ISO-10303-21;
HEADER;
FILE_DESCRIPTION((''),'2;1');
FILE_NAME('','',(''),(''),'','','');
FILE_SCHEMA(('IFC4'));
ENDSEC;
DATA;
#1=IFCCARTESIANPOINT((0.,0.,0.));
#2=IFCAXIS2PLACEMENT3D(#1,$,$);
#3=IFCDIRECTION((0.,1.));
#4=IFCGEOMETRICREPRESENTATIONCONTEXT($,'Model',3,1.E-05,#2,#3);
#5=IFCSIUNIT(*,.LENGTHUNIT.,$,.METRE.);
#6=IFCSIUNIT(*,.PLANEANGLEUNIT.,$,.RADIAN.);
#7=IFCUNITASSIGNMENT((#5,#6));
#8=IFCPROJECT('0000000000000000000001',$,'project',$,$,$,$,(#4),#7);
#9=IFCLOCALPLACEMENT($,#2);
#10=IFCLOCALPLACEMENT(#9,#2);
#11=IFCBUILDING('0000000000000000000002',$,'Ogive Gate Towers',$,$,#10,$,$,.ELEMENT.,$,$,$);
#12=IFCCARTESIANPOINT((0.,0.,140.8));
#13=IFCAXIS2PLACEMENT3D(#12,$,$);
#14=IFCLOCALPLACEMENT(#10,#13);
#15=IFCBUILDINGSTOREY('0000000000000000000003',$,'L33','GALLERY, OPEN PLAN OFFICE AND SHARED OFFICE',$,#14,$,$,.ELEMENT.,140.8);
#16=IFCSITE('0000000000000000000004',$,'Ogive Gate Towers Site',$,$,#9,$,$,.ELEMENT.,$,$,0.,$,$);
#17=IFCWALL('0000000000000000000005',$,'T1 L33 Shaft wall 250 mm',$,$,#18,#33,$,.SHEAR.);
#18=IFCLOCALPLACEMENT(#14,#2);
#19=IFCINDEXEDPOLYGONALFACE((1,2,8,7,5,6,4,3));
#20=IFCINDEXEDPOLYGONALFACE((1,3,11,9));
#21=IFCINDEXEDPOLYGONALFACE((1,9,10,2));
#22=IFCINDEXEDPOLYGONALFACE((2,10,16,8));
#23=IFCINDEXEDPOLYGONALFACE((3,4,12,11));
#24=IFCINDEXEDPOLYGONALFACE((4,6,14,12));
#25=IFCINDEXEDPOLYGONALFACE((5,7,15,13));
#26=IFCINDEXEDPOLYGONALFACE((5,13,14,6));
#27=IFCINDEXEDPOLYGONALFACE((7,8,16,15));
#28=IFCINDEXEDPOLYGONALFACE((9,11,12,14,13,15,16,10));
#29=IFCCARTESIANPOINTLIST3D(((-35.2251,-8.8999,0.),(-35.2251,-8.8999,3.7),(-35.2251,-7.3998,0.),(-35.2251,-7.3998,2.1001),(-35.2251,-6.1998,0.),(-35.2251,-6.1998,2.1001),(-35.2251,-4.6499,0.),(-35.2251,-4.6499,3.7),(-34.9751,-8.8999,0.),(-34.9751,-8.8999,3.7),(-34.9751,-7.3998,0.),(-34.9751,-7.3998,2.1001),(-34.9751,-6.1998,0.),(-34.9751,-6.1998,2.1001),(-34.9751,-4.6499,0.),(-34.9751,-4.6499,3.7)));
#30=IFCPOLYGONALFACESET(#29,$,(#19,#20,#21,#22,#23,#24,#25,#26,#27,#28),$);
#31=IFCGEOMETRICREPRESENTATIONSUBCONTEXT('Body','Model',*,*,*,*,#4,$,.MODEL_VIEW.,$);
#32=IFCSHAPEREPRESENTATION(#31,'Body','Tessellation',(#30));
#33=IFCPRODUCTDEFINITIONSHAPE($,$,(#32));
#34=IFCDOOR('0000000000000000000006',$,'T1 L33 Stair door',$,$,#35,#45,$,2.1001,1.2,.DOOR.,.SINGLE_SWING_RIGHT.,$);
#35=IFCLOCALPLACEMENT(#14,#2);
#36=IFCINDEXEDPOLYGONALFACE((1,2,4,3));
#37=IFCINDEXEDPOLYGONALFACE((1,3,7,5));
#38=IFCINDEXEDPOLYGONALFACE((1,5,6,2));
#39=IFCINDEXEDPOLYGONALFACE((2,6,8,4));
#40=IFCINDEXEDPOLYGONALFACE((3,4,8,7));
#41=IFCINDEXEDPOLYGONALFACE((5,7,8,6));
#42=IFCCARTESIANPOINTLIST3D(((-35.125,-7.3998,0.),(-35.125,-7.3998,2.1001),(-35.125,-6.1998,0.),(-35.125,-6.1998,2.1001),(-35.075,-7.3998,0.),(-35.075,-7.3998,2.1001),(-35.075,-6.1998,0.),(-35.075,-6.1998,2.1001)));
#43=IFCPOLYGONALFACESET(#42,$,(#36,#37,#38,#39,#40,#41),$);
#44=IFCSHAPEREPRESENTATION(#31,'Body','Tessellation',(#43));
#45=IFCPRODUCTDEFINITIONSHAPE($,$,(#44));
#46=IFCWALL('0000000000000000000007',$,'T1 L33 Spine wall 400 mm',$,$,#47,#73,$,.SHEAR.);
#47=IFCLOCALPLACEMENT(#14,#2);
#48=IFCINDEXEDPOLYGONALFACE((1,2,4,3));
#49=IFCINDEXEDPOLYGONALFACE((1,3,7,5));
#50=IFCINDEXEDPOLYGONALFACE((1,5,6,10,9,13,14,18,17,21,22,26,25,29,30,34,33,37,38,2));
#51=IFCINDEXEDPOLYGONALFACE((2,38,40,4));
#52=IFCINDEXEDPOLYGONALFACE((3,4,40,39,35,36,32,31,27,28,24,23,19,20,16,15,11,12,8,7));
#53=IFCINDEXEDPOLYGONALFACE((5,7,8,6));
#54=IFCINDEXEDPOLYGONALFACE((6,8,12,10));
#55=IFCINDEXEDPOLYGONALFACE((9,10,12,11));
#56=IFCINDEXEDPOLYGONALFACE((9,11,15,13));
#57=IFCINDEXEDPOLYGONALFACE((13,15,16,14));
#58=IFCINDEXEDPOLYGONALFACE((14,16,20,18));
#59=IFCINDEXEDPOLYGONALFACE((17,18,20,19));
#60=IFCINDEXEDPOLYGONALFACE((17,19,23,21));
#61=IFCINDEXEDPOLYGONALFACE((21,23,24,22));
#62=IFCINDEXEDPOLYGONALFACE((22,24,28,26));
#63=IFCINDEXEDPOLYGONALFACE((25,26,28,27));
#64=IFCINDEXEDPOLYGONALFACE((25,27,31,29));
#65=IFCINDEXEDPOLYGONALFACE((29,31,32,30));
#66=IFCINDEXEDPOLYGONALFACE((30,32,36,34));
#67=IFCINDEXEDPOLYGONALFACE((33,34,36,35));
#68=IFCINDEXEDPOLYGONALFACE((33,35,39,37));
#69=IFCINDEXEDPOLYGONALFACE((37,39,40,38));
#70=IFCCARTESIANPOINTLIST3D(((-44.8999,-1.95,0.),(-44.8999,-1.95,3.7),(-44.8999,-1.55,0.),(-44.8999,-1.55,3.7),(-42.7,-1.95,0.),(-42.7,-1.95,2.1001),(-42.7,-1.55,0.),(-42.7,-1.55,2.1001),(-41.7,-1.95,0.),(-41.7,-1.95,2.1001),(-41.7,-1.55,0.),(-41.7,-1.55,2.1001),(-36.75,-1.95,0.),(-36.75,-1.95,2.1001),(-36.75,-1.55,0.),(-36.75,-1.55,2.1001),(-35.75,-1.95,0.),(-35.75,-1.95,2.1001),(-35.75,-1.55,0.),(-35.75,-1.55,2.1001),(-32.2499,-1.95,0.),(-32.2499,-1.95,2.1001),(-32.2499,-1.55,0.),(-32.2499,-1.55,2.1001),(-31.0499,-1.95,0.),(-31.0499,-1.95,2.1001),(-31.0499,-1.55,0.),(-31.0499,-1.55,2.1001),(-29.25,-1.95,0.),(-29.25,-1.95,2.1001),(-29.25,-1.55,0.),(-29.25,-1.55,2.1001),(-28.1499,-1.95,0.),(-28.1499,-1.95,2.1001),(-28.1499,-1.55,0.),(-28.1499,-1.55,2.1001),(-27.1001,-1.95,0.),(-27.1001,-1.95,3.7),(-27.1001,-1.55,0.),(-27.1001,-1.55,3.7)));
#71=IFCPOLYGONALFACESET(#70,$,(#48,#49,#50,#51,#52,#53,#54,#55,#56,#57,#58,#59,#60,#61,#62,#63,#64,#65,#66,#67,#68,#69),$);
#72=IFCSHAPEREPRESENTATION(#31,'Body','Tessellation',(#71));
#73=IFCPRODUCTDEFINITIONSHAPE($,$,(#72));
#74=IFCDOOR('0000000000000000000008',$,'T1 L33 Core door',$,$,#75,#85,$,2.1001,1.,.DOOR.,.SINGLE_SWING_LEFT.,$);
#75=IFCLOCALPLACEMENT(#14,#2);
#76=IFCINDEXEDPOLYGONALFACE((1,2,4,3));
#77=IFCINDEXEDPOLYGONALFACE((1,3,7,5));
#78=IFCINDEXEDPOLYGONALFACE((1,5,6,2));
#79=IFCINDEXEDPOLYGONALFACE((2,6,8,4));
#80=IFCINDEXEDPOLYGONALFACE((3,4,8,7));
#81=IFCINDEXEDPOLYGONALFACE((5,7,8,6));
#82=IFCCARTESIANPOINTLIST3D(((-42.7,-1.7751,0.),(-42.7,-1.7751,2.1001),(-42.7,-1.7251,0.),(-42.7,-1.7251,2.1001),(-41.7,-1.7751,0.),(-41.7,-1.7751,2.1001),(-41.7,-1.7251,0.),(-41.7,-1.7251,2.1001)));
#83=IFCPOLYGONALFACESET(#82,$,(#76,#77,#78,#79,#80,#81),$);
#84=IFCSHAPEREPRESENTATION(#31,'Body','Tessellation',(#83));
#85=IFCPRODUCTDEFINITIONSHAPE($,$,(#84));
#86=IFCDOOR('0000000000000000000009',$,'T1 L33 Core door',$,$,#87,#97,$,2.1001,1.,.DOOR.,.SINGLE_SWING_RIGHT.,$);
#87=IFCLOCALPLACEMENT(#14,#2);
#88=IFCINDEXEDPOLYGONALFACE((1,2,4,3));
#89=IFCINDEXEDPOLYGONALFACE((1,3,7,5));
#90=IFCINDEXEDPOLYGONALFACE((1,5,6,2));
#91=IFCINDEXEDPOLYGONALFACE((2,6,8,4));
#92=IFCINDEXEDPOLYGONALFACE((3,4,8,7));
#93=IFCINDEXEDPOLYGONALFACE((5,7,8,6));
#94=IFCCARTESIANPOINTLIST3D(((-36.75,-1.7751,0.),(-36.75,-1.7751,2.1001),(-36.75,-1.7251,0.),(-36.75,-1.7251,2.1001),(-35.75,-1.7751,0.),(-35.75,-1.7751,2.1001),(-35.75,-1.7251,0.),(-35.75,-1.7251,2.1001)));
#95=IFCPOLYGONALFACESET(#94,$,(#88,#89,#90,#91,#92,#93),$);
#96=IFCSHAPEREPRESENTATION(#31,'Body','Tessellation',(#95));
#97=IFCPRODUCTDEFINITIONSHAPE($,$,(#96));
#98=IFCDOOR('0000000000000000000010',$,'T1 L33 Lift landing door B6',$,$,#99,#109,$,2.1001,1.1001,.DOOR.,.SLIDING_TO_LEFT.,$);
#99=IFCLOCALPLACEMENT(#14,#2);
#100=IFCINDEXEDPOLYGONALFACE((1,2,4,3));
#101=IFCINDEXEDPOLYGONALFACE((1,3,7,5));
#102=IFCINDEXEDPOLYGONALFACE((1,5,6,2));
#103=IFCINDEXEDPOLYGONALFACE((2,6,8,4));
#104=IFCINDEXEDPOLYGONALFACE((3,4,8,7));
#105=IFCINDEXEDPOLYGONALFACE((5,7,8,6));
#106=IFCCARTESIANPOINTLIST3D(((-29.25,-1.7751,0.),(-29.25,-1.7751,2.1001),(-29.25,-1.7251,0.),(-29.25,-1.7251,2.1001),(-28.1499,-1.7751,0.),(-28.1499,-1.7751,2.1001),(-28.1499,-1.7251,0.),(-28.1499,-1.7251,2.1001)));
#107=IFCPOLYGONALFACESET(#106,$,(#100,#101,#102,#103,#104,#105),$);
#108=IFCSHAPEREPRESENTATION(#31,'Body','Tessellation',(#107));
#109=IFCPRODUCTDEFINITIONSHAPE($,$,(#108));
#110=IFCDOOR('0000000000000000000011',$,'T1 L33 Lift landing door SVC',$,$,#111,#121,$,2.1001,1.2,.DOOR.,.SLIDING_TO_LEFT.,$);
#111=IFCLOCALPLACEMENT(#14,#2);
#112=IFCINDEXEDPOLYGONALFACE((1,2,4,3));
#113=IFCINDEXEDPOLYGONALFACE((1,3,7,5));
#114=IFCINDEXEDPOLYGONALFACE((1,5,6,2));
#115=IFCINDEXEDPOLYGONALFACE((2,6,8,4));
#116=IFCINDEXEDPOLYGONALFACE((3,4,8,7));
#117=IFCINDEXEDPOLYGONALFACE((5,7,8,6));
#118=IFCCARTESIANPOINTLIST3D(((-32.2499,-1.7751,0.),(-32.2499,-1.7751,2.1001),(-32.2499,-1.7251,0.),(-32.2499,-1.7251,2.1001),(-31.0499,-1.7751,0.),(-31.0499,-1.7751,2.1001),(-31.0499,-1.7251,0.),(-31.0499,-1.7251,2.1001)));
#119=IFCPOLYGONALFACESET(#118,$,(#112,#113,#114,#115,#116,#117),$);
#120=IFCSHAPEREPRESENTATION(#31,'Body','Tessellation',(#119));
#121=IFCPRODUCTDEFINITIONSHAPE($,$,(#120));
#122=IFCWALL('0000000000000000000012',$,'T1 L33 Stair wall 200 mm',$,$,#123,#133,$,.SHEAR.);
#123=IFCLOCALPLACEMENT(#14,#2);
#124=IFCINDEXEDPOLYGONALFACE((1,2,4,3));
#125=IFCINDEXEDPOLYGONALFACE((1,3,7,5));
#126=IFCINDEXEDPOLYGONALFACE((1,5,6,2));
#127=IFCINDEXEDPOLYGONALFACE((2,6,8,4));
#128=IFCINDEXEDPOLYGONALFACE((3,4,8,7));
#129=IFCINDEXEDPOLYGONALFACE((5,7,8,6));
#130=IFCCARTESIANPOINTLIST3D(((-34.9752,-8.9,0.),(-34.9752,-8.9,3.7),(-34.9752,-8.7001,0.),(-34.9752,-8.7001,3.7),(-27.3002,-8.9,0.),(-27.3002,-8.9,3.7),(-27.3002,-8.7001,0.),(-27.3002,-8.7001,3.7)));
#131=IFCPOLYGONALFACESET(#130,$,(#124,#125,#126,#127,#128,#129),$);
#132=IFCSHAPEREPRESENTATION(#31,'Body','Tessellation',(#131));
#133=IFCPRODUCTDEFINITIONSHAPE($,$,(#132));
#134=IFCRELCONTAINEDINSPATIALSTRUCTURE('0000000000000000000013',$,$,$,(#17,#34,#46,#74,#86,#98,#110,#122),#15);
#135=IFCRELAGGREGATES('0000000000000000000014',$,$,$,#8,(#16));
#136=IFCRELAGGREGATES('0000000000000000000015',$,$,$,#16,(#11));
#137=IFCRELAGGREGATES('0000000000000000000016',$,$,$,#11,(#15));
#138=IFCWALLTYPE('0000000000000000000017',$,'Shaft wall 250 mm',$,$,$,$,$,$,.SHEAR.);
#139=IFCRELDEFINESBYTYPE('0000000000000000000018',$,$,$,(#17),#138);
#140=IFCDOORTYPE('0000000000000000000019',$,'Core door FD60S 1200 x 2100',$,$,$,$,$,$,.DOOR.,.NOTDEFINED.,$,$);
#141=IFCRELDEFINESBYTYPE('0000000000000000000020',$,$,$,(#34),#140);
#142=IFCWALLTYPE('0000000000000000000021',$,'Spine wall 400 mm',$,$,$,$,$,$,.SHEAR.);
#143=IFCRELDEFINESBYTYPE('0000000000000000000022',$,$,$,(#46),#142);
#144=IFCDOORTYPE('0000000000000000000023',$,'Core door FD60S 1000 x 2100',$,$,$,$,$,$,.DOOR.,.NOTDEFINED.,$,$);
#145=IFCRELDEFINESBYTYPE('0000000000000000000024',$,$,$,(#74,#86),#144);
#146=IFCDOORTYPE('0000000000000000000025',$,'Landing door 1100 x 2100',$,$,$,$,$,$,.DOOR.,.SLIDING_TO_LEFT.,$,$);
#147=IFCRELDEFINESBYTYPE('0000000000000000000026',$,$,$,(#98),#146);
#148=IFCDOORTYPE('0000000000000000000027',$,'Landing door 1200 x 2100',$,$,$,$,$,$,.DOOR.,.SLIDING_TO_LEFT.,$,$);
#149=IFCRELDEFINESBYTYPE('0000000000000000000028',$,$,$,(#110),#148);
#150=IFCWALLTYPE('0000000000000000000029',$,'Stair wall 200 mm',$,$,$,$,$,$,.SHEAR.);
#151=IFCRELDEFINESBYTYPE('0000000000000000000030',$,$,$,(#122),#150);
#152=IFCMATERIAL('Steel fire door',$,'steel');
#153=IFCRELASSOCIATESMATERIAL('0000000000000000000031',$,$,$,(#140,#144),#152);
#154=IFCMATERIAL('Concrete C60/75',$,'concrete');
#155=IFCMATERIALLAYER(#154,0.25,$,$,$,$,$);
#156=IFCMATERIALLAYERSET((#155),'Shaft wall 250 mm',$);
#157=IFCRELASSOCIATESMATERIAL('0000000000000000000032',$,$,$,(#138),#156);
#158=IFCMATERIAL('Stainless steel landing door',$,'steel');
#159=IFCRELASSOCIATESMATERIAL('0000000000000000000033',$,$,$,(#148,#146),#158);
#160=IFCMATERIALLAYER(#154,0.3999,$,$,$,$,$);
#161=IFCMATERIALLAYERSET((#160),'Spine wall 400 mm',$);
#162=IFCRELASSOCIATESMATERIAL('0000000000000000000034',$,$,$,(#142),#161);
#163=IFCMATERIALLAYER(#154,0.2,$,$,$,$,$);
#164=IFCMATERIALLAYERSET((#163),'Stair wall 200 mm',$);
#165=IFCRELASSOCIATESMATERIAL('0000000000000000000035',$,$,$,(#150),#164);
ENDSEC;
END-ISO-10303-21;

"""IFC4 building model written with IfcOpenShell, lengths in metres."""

from ifc_helpers import new_model, si_unit, direction, frame, frame_2d, origin, place, context, subcontext, project, spatial, rectangle, extrude, material, layer, layer_set, type_object, element, fill, save


model = new_model("IFC4")

# Units and contexts
model_context = context("Model", 3, precision=1e-05, world=origin(), true_north=direction((0.0, 1.0)))
body_context = subcontext(model_context, "Body", "Model", "MODEL_VIEW")
ifc_project = project(units=[si_unit("LENGTHUNIT", "METRE"), si_unit("PLANEANGLEUNIT", "RADIAN")], contexts=[model_context])

# Site, building, storey
site_placement = place(None, origin())
site = spatial("IfcSite", under=ifc_project, at=site_placement, Name="Ogive Gate Towers Site", CompositionType="ELEMENT", RefElevation=0.0)
building_placement = place(site_placement, origin())
building = spatial("IfcBuilding", under=site, at=building_placement, Name="Ogive Gate Towers", CompositionType="ELEMENT")
storey_placement = place(building_placement, frame((0.0, 0.0, 140.8)))
storey = spatial("IfcBuildingStorey", under=building, at=storey_placement, Name="L33", Description="GALLERY, OPEN PLAN OFFICE AND SHARED OFFICE", CompositionType="ELEMENT", Elevation=140.8)

# Shared definitions
ifc_material_1 = material(Name="Concrete C60/75", Category="concrete")
ifc_material_2 = material(Name="Steel fire door", Category="steel")
door_type_1 = type_object("IfcDoorType", Name="Core door FD60S 1200 x 2100", OperationType="NOTDEFINED", PredefinedType="DOOR", material=ifc_material_2)

# Shared definitions
ifc_layer_1 = layer(ifc_material_1, 0.25)
ifc_layer_set_1 = layer_set([ifc_layer_1], Name="Shaft wall 250 mm")
wall_type_1 = type_object("IfcWallType", Name="Shaft wall 250 mm", PredefinedType="SHEAR", material=ifc_layer_set_1)

# Wall, opening, door
ifc_material_3 = material(Name="Stainless steel landing door", Category="steel")
door_type_2 = type_object("IfcDoorType", Name="Landing door 1200 x 2100", OperationType="SLIDING_TO_LEFT", PredefinedType="DOOR", material=ifc_material_3)
wall_1_placement = place(storey_placement, frame((-35.1001, -8.8999, 0.0), z_axis=(0.0, 0.0, 1.0), x_axis=(0.0, 1.0, 0.0)))
wall_1 = element("IfcWall", 1, at=wall_1_placement, inside=storey, type_object=wall_type_1, Name="T1 L33 Shaft wall 250 mm", PredefinedType="SHEAR", context=body_context, shape_type="SweptSolid", body=[
    extrude(rectangle(XDim=4.25, YDim=0.25, at=frame_2d((2.125, 0.0))), origin(), (0.0, 0.0, 1.0), 3.7),
])
opening_1_placement = place(wall_1_placement, frame((1.5, 0.0, 0.0)))
opening_1 = element("IfcOpeningElement", 2, at=opening_1_placement, cuts=wall_1, PredefinedType="OPENING", context=body_context, shape_type="SweptSolid", body=[
    extrude(rectangle(XDim=1.2, YDim=2.1001, at=frame_2d((0.6001, 1.05))), frame((0.0, 0.135, 0.0), z_axis=(0.0, -1.0, 0.0), x_axis=(1.0, 0.0, 0.0)), (0.0, 0.0, 1.0), 0.27),
])
door_1_placement = place(opening_1_placement, origin())
door_1 = element("IfcDoor", 3, at=door_1_placement, inside=storey, type_object=door_type_1, Name="T1 L33 Stair door", OperationType="SINGLE_SWING_RIGHT", OverallHeight=2.1001, OverallWidth=1.2, PredefinedType="DOOR", context=body_context, shape_type="SweptSolid", body=[
    extrude(rectangle(XDim=1.2, YDim=2.1001, at=frame_2d((0.6001, 1.05))), frame((0.0, 0.0249, 0.0), z_axis=(0.0, -1.0, 0.0), x_axis=(1.0, 0.0, 0.0)), (0.0, 0.0, 1.0), 0.05),
])
fill(opening_1, door_1)

# Wall, openings, doors
ifc_layer_2 = layer(ifc_material_1, 0.3999)
ifc_layer_set_2 = layer_set([ifc_layer_2], Name="Spine wall 400 mm")
wall_type_2 = type_object("IfcWallType", Name="Spine wall 400 mm", PredefinedType="SHEAR", material=ifc_layer_set_2)
wall_2_placement = place(storey_placement, frame((-44.8999, -1.75, 0.0), z_axis=(0.0, 0.0, 1.0), x_axis=(1.0, 0.0, 0.0)))
wall_2 = element("IfcWall", 4, at=wall_2_placement, inside=storey, type_object=wall_type_2, Name="T1 L33 Spine wall 400 mm", PredefinedType="SHEAR", context=body_context, shape_type="SweptSolid", body=[
    extrude(rectangle(XDim=17.7998, YDim=0.3999, at=frame_2d((8.8999, 0.0))), origin(), (0.0, 0.0, 1.0), 3.7),
])
opening_2_placement = place(wall_2_placement, frame((12.6499, 0.0, 0.0)))
opening_2 = element("IfcOpeningElement", 5, at=opening_2_placement, cuts=wall_2, PredefinedType="OPENING", context=body_context, shape_type="SweptSolid", body=[
    extrude(rectangle(XDim=1.2, YDim=2.1001, at=frame_2d((0.6001, 1.05))), frame((0.0, 0.21, 0.0), z_axis=(0.0, -1.0, 0.0), x_axis=(1.0, 0.0, 0.0)), (0.0, 0.0, 1.0), 0.4199),
])
opening_3_placement = place(wall_2_placement, frame((15.6499, 0.0, 0.0)))
opening_3 = element("IfcOpeningElement", 6, at=opening_3_placement, cuts=wall_2, PredefinedType="OPENING", context=body_context, shape_type="SweptSolid", body=[
    extrude(rectangle(XDim=1.1001, YDim=2.1001, at=frame_2d((0.55, 1.05))), frame((0.0, 0.21, 0.0), z_axis=(0.0, -1.0, 0.0), x_axis=(1.0, 0.0, 0.0)), (0.0, 0.0, 1.0), 0.4199),
])
opening_4_placement = place(wall_2_placement, frame((2.2, 0.0, 0.0)))
opening_4 = element("IfcOpeningElement", 7, at=opening_4_placement, cuts=wall_2, PredefinedType="OPENING", context=body_context, shape_type="SweptSolid", body=[
    extrude(rectangle(XDim=1.0, YDim=2.1001, at=frame_2d((0.5, 1.05))), frame((0.0, 0.21, 0.0), z_axis=(0.0, -1.0, 0.0), x_axis=(1.0, 0.0, 0.0)), (0.0, 0.0, 1.0), 0.4199),
])
opening_5_placement = place(wall_2_placement, frame((8.1499, 0.0, 0.0)))
opening_5 = element("IfcOpeningElement", 8, at=opening_5_placement, cuts=wall_2, PredefinedType="OPENING", context=body_context, shape_type="SweptSolid", body=[
    extrude(rectangle(XDim=1.0, YDim=2.1001, at=frame_2d((0.5, 1.05))), frame((0.0, 0.21, 0.0), z_axis=(0.0, -1.0, 0.0), x_axis=(1.0, 0.0, 0.0)), (0.0, 0.0, 1.0), 0.4199),
])
door_type_3 = type_object("IfcDoorType", Name="Core door FD60S 1000 x 2100", OperationType="NOTDEFINED", PredefinedType="DOOR", material=ifc_material_2)
door_2_placement = place(opening_4_placement, origin())
door_2 = element("IfcDoor", 9, at=door_2_placement, inside=storey, type_object=door_type_3, Name="T1 L33 Core door", OperationType="SINGLE_SWING_LEFT", OverallHeight=2.1001, OverallWidth=1.0, PredefinedType="DOOR", context=body_context, shape_type="SweptSolid", body=[
    extrude(rectangle(XDim=1.0, YDim=2.1001, at=frame_2d((0.5, 1.05))), frame((0.0, 0.0249, 0.0), z_axis=(0.0, -1.0, 0.0), x_axis=(1.0, 0.0, 0.0)), (0.0, 0.0, 1.0), 0.05),
])
fill(opening_4, door_2)
door_3_placement = place(opening_5_placement, origin())
door_3 = element("IfcDoor", 10, at=door_3_placement, inside=storey, type_object=door_type_3, Name="T1 L33 Core door", OperationType="SINGLE_SWING_RIGHT", OverallHeight=2.1001, OverallWidth=1.0, PredefinedType="DOOR", context=body_context, shape_type="SweptSolid", body=[
    extrude(rectangle(XDim=1.0, YDim=2.1001, at=frame_2d((0.5, 1.05))), frame((0.0, 0.0249, 0.0), z_axis=(0.0, -1.0, 0.0), x_axis=(1.0, 0.0, 0.0)), (0.0, 0.0, 1.0), 0.05),
])
fill(opening_5, door_3)
door_type_4 = type_object("IfcDoorType", Name="Landing door 1100 x 2100", OperationType="SLIDING_TO_LEFT", PredefinedType="DOOR", material=ifc_material_3)
door_4_placement = place(opening_3_placement, origin())
door_4 = element("IfcDoor", 11, at=door_4_placement, inside=storey, type_object=door_type_4, Name="T1 L33 Lift landing door B6", OperationType="SLIDING_TO_LEFT", OverallHeight=2.1001, OverallWidth=1.1001, PredefinedType="DOOR", context=body_context, shape_type="SweptSolid", body=[
    extrude(rectangle(XDim=1.1001, YDim=2.1001, at=frame_2d((0.55, 1.05))), frame((0.0, 0.0249, 0.0), z_axis=(0.0, -1.0, 0.0), x_axis=(1.0, 0.0, 0.0)), (0.0, 0.0, 1.0), 0.05),
])
fill(opening_3, door_4)
door_5_placement = place(opening_2_placement, origin())
door_5 = element("IfcDoor", 12, at=door_5_placement, inside=storey, type_object=door_type_2, Name="T1 L33 Lift landing door SVC", OperationType="SLIDING_TO_LEFT", OverallHeight=2.1001, OverallWidth=1.2, PredefinedType="DOOR", context=body_context, shape_type="SweptSolid", body=[
    extrude(rectangle(XDim=1.2, YDim=2.1001, at=frame_2d((0.6001, 1.05))), frame((0.0, 0.0249, 0.0), z_axis=(0.0, -1.0, 0.0), x_axis=(1.0, 0.0, 0.0)), (0.0, 0.0, 1.0), 0.05),
])
fill(opening_2, door_5)

# Wall
ifc_layer_3 = layer(ifc_material_1, 0.2)
ifc_layer_set_3 = layer_set([ifc_layer_3], Name="Stair wall 200 mm")
wall_type_3 = type_object("IfcWallType", Name="Stair wall 200 mm", PredefinedType="SHEAR", material=ifc_layer_set_3)
wall_3_placement = place(storey_placement, frame((-34.9751, -8.8, 0.0), z_axis=(0.0, 0.0, 1.0), x_axis=(1.0, 0.0, 0.0)))
element("IfcWall", 13, at=wall_3_placement, inside=storey, type_object=wall_type_3, Name="T1 L33 Stair wall 200 mm", PredefinedType="SHEAR", context=body_context, shape_type="SweptSolid", body=[
    extrude(rectangle(XDim=7.675, YDim=0.2, at=frame_2d((3.8374, 0.0))), origin(), (0.0, 0.0, 1.0), 3.7),
])

save(model, "model.ifc")
